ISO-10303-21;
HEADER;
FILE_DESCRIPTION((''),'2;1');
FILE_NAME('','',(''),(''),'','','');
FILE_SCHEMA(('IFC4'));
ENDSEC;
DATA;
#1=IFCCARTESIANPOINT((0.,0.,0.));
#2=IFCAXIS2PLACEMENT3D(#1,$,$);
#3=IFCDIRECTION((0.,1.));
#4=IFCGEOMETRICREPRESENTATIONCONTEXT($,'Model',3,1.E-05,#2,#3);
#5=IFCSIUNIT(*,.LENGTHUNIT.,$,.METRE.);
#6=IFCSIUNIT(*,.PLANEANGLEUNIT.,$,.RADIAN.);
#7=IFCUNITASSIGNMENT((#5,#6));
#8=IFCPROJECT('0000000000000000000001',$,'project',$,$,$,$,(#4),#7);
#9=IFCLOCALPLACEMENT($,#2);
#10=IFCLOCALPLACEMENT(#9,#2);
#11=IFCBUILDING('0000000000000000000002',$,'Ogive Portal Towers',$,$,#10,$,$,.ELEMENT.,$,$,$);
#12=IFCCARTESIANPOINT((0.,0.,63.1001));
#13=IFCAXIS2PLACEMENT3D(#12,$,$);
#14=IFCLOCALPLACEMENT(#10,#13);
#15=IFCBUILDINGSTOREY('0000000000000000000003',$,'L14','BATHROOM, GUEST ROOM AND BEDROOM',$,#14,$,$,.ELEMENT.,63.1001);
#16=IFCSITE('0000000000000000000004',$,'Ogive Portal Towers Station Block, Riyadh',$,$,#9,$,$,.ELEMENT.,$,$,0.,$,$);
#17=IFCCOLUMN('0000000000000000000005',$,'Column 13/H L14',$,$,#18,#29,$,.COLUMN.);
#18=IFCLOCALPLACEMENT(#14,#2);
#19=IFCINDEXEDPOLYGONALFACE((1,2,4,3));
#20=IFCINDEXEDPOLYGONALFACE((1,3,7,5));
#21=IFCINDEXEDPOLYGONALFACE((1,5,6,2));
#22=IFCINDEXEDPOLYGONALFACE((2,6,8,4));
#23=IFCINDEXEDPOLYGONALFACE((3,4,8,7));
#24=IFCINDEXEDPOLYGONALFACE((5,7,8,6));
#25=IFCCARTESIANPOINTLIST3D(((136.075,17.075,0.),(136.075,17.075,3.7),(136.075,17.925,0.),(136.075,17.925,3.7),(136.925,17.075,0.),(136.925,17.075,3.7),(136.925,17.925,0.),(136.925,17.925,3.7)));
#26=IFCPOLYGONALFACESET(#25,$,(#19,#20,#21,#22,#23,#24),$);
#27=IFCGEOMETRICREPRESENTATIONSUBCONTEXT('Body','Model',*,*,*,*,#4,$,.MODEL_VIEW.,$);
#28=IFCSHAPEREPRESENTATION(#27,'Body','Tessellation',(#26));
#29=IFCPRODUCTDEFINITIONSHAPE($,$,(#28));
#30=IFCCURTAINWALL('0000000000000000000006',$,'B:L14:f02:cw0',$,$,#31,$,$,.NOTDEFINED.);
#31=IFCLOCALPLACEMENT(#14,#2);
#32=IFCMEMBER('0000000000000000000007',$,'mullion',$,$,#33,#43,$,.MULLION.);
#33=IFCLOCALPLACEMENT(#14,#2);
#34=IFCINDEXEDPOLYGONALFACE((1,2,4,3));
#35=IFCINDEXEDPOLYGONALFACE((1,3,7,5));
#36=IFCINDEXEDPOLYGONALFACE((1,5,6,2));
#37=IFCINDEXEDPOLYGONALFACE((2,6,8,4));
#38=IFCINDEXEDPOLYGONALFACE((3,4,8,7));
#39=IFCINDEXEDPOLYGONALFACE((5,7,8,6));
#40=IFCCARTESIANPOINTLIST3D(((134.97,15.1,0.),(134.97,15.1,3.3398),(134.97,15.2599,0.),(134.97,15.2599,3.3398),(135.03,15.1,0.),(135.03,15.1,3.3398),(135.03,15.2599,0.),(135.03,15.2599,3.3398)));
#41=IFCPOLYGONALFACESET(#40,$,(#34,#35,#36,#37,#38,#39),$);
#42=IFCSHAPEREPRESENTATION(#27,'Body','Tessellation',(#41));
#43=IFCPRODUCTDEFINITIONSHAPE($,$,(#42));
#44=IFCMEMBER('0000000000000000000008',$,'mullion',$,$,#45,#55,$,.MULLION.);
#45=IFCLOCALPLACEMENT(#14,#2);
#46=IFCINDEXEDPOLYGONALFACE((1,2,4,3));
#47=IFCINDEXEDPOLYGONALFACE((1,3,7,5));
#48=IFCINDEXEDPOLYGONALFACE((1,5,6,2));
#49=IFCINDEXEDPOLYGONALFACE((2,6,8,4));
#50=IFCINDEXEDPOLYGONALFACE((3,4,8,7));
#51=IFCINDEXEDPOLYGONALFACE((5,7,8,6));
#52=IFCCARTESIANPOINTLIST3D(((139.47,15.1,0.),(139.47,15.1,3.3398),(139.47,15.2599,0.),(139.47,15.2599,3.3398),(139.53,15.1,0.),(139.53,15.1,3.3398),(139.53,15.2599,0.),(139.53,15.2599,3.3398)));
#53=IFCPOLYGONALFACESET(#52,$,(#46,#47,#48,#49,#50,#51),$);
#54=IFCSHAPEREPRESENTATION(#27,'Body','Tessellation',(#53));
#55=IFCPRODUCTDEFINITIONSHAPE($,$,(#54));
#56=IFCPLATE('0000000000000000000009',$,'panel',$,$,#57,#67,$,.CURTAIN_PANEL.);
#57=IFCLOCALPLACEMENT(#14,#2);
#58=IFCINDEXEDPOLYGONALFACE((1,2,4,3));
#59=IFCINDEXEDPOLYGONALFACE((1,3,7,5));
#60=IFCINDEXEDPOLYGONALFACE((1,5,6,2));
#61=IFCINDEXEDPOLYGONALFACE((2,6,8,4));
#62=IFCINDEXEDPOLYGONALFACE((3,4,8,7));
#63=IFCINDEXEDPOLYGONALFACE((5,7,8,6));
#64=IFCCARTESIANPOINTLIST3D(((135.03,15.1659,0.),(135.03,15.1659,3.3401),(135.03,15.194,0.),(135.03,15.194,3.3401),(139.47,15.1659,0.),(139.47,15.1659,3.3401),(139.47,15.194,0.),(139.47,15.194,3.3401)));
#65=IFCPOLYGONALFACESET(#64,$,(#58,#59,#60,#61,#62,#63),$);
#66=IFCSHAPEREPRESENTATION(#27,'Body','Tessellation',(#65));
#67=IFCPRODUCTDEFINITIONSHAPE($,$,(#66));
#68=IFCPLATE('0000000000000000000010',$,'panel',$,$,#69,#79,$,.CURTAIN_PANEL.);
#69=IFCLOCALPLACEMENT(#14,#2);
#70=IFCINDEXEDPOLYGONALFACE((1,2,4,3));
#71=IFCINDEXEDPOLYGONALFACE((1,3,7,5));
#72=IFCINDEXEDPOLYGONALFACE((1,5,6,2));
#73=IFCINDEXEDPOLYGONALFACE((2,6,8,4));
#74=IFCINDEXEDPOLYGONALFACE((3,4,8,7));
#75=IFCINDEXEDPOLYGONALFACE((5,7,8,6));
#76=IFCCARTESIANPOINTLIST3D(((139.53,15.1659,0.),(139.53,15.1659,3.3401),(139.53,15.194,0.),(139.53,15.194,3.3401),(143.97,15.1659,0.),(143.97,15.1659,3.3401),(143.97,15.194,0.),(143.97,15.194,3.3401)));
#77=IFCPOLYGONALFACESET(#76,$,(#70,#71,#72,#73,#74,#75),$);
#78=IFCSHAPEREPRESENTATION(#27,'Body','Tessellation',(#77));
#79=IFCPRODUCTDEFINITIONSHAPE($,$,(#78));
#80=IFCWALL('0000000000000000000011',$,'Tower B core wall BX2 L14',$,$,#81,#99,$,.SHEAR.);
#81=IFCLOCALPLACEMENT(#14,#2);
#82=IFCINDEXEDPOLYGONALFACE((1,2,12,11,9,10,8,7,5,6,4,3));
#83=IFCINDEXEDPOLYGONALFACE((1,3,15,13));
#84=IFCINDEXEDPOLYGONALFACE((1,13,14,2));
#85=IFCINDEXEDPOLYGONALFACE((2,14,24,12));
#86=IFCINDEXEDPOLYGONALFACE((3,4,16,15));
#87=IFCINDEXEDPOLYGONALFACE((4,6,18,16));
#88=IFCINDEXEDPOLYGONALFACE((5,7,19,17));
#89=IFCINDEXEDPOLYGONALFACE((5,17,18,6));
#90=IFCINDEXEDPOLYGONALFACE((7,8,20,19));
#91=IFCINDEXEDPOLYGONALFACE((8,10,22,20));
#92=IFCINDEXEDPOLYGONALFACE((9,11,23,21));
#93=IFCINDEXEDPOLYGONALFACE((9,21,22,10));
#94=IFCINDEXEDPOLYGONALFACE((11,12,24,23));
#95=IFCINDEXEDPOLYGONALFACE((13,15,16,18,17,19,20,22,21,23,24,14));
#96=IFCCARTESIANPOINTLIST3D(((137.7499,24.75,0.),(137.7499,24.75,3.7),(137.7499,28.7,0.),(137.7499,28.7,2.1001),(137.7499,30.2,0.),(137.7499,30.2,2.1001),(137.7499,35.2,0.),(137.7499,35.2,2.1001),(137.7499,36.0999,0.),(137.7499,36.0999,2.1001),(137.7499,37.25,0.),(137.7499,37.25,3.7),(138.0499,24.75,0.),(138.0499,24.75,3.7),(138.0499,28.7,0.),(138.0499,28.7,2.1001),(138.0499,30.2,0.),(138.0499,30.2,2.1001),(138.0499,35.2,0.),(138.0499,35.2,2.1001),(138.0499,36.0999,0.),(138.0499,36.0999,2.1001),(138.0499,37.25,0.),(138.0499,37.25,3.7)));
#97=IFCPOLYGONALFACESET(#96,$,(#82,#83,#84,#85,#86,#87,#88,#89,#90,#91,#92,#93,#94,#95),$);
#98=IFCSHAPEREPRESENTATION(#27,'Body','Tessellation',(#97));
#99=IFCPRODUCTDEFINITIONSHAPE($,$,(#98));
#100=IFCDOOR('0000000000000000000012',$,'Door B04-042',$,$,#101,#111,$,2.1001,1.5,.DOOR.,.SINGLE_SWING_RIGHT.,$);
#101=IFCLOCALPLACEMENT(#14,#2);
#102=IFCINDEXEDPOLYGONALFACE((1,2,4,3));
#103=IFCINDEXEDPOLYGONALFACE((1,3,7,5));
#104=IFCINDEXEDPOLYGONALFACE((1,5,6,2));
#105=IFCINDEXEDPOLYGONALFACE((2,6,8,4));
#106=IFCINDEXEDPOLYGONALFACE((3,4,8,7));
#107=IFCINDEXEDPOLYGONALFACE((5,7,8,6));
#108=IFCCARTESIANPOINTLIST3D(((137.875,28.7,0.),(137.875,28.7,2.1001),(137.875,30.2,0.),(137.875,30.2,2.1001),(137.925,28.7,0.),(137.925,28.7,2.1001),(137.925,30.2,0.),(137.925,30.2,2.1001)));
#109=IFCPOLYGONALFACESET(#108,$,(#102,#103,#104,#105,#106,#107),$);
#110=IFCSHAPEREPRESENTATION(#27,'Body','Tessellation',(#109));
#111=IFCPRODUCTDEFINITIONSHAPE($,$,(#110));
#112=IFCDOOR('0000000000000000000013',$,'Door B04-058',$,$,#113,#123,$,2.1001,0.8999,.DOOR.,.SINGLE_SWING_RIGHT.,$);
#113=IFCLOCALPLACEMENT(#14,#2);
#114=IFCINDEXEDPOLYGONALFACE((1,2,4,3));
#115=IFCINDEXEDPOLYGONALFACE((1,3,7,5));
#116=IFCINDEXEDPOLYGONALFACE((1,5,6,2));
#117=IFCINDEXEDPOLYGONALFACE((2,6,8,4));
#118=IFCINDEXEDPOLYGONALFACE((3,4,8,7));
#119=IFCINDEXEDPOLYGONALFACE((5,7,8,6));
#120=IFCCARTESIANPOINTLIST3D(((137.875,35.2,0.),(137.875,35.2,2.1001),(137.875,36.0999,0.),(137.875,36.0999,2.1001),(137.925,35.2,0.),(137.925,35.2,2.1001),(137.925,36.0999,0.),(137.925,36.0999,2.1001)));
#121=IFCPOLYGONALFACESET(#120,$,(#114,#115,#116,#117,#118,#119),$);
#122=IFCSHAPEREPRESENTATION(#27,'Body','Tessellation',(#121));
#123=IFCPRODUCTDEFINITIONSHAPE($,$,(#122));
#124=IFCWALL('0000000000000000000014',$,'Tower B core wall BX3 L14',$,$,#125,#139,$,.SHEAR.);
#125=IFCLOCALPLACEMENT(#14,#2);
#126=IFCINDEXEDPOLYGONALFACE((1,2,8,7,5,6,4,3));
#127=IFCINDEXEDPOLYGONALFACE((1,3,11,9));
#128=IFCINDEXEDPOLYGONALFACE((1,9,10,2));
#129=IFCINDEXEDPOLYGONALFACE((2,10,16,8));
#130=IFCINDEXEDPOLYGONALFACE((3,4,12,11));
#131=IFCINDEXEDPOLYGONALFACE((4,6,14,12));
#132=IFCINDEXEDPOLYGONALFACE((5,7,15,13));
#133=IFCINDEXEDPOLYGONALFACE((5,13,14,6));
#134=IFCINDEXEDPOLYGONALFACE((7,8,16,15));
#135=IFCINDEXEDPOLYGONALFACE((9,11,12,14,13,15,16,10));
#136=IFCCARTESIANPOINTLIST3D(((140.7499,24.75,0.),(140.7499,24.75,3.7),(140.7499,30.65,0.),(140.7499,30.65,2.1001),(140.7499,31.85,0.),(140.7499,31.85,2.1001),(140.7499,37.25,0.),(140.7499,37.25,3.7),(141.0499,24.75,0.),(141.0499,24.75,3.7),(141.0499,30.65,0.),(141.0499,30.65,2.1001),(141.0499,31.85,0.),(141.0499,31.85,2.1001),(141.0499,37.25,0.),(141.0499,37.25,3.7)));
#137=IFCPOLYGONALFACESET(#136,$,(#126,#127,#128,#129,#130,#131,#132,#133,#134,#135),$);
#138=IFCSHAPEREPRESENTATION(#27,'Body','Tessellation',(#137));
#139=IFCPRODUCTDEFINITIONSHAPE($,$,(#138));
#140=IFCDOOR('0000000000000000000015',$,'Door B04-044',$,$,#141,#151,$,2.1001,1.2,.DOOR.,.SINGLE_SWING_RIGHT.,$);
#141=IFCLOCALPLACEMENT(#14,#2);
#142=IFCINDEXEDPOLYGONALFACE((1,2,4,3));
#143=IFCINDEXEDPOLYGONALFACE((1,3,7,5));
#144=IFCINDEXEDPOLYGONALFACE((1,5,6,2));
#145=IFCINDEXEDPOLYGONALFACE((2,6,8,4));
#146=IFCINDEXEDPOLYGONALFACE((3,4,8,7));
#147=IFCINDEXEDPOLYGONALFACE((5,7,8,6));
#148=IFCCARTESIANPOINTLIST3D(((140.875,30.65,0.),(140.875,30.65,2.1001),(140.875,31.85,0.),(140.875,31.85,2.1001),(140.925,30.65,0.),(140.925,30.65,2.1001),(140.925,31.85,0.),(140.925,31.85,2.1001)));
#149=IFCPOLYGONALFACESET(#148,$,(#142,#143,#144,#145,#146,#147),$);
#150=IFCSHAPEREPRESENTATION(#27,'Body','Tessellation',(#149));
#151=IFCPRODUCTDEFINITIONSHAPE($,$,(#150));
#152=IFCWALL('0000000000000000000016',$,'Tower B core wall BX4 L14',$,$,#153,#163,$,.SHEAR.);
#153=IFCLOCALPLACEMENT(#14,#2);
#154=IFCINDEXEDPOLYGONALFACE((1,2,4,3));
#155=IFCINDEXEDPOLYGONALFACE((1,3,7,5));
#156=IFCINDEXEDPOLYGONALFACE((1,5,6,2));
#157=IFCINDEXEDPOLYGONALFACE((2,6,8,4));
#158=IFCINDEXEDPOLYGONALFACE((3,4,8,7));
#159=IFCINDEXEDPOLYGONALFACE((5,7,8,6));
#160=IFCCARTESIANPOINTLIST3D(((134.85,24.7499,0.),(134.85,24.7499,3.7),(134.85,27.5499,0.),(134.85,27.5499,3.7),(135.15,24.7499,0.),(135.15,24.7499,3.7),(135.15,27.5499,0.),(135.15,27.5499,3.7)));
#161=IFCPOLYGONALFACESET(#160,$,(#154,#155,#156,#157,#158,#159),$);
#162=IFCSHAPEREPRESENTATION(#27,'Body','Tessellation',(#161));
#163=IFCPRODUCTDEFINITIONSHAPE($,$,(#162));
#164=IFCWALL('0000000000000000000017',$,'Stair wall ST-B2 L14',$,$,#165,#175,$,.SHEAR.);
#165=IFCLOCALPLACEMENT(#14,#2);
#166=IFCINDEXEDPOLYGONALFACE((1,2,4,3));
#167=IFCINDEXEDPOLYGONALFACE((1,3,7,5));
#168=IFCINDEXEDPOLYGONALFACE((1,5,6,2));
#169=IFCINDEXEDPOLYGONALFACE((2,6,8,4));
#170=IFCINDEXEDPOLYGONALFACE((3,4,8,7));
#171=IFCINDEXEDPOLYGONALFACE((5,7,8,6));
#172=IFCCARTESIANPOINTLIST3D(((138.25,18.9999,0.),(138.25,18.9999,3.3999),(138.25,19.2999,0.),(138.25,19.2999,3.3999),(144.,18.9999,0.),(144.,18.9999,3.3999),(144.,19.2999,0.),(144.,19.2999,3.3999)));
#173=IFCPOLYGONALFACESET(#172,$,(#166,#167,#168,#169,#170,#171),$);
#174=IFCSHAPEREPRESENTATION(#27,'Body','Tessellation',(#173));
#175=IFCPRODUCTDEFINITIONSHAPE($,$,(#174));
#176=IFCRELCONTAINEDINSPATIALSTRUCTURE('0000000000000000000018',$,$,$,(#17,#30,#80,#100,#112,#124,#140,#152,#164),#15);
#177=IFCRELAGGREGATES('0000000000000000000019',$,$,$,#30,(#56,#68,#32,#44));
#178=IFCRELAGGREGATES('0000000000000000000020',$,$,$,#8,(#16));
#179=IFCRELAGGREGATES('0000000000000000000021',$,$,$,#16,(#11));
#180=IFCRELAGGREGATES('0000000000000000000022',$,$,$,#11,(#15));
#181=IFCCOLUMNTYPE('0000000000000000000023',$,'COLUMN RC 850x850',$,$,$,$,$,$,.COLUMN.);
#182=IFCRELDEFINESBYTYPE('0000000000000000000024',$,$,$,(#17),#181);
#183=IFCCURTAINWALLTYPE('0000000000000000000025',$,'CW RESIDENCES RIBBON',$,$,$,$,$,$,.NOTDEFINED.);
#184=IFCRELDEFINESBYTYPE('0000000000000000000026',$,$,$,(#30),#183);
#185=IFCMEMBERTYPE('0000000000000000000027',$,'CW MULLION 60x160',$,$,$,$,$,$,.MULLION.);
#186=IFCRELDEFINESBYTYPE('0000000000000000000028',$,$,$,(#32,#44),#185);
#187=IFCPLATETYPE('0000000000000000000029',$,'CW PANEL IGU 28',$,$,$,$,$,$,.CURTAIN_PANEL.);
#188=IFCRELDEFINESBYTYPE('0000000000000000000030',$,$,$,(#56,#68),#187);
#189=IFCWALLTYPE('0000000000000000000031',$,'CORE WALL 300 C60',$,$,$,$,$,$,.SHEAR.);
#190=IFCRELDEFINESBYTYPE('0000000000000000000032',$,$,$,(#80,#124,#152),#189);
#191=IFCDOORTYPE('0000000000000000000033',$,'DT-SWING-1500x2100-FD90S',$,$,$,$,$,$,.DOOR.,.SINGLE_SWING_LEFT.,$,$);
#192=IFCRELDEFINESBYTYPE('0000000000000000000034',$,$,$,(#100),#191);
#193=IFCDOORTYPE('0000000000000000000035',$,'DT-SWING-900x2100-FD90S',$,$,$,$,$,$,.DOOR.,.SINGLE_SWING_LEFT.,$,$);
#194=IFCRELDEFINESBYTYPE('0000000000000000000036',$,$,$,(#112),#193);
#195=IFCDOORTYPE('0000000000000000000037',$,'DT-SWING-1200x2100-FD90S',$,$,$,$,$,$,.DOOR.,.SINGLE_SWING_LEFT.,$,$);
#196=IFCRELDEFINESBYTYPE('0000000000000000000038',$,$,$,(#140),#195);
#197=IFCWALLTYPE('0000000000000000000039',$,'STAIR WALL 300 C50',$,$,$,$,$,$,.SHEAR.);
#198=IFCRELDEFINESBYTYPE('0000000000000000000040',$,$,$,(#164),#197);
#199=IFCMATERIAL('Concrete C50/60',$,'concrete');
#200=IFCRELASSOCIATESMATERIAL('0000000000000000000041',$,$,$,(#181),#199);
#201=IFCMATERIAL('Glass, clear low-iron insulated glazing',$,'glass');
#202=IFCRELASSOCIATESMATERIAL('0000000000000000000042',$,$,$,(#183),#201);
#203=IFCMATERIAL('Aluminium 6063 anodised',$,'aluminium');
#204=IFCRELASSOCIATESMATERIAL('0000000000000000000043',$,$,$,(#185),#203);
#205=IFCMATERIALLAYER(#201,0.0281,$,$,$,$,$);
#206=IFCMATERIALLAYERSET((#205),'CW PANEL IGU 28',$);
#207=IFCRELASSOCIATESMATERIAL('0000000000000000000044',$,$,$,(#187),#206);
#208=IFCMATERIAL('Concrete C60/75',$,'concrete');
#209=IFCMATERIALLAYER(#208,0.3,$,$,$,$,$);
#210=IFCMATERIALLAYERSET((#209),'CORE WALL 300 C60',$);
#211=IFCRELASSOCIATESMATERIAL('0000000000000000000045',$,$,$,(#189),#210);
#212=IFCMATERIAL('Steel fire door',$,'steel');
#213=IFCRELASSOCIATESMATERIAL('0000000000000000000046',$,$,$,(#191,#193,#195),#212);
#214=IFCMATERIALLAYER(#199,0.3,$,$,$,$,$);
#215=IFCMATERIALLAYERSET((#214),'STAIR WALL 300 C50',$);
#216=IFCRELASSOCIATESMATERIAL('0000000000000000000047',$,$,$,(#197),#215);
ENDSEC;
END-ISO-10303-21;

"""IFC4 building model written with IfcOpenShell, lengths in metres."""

from ifc_helpers import new_model, si_unit, direction, frame, frame_2d, origin, origin_2d, place, context, subcontext, project, spatial, rectangle, extrude, material, layer, layer_set, material_profile, profile_set, type_object, element, fill, aggregate, save


model = new_model("IFC4")

# Units and contexts
model_context = context("Model", 3, precision=1e-05, world=origin(), true_north=direction((0.0, 1.0)))
body_context = subcontext(model_context, "Body", "Model", "MODEL_VIEW")
ifc_project = project(units=[si_unit("LENGTHUNIT", "METRE"), si_unit("PLANEANGLEUNIT", "RADIAN")], contexts=[model_context])

# Site, building, storey
site_placement = place(None, origin())
site = spatial("IfcSite", under=ifc_project, at=site_placement, Name="Ogive Portal Towers Station Block, Riyadh", CompositionType="ELEMENT", RefElevation=0.0)
building_placement = place(site_placement, origin())
building = spatial("IfcBuilding", under=site, at=building_placement, Name="Ogive Portal Towers", CompositionType="ELEMENT")
storey_placement = place(building_placement, frame((0.0, 0.0, 63.1001)))
storey = spatial("IfcBuildingStorey", under=building, at=storey_placement, Name="L14", Description="BATHROOM, GUEST ROOM AND BEDROOM", CompositionType="ELEMENT", Elevation=63.1001)

# Column
ifc_material_1 = material(Name="Concrete C50/60", Category="concrete")
ifc_material_profile_1 = material_profile(ifc_material_1, rectangle(XDim=0.8501, YDim=0.8501, at=origin_2d()), Name="RC 850x850")
ifc_profile_set_1 = profile_set([ifc_material_profile_1], Name="Concrete C50/60")
column_type = type_object("IfcColumnType", Name="COLUMN RC 850x850", PredefinedType="COLUMN", material=ifc_profile_set_1)
column_placement = place(storey_placement, frame((136.5, 17.5, 0.0), z_axis=(0.0, 0.0, 1.0), x_axis=(1.0, 0.0, 0.0)))
element("IfcColumn", 1, at=column_placement, inside=storey, type_object=column_type, Name="Column 13/H L14", PredefinedType="COLUMN", context=body_context, shape_type="SweptSolid", body=[
    extrude(rectangle(XDim=0.8501, YDim=0.8501, at=origin_2d()), origin(), (0.0, 0.0, 1.0), 3.7),
])

# Curtain wall, members, plates
ifc_material_2 = material(Name="Glass, clear low-iron insulated glazing", Category="glass")
curtain_wall_type = type_object("IfcCurtainWallType", Name="CW RESIDENCES RIBBON", PredefinedType="NOTDEFINED", material=ifc_material_2)
curtain_wall_placement = place(storey_placement, origin())
curtain_wall = element("IfcCurtainWall", 2, at=curtain_wall_placement, inside=storey, type_object=curtain_wall_type, Name="B:L14:f02:cw0", PredefinedType="NOTDEFINED")
ifc_material_3 = material(Name="Aluminium 6063 anodised", Category="aluminium")
ifc_material_profile_2 = material_profile(ifc_material_3, rectangle(XDim=0.1599, YDim=0.0601, at=origin_2d()), Name="AL 60x160")
ifc_profile_set_2 = profile_set([ifc_material_profile_2], Name="Aluminium 6063 anodised")
member_type = type_object("IfcMemberType", Name="CW MULLION 60x160", PredefinedType="MULLION", material=ifc_profile_set_2)
member_1_placement = place(storey_placement, frame((135.0, 15.1799, 0.0), z_axis=(0.0, 0.0, 1.0), x_axis=(0.0, 1.0, 0.0)))
member_1 = element("IfcMember", 3, at=member_1_placement, type_object=member_type, Name="mullion", PredefinedType="MULLION", context=body_context, shape_type="SweptSolid", body=[
    extrude(rectangle(XDim=0.1599, YDim=0.0601, at=origin_2d()), origin(), (0.0, 0.0, 1.0), 3.3398),
])
member_2_placement = place(storey_placement, frame((139.5, 15.1799, 0.0), z_axis=(0.0, 0.0, 1.0), x_axis=(0.0, 1.0, 0.0)))
member_2 = element("IfcMember", 4, at=member_2_placement, type_object=member_type, Name="mullion", PredefinedType="MULLION", context=body_context, shape_type="SweptSolid", body=[
    extrude(rectangle(XDim=0.1599, YDim=0.0601, at=origin_2d()), origin(), (0.0, 0.0, 1.0), 3.3398),
])
ifc_layer_1 = layer(ifc_material_2, 0.0281)
ifc_layer_set_1 = layer_set([ifc_layer_1], Name="CW PANEL IGU 28")
plate_type = type_object("IfcPlateType", Name="CW PANEL IGU 28", PredefinedType="CURTAIN_PANEL", material=ifc_layer_set_1)
plate_1_placement = place(storey_placement, frame((137.25, 15.1799, 0.0), z_axis=(0.0, 0.0, 1.0), x_axis=(1.0, 0.0, 0.0)))
plate_1 = element("IfcPlate", 5, at=plate_1_placement, type_object=plate_type, Name="panel", PredefinedType="CURTAIN_PANEL", context=body_context, shape_type="SweptSolid", body=[
    extrude(rectangle(XDim=4.4399, YDim=0.0281, at=origin_2d()), origin(), (0.0, 0.0, 1.0), 3.3401),
])
plate_2_placement = place(storey_placement, frame((141.75, 15.1799, 0.0), z_axis=(0.0, 0.0, 1.0), x_axis=(1.0, 0.0, 0.0)))
plate_2 = element("IfcPlate", 6, at=plate_2_placement, type_object=plate_type, Name="panel", PredefinedType="CURTAIN_PANEL", context=body_context, shape_type="SweptSolid", body=[
    extrude(rectangle(XDim=4.4399, YDim=0.0281, at=origin_2d()), origin(), (0.0, 0.0, 1.0), 3.3401),
])
aggregate(curtain_wall, [plate_1, plate_2, member_1, member_2])

# Wall, openings, doors
ifc_material_4 = material(Name="Concrete C60/75", Category="concrete")
ifc_layer_2 = layer(ifc_material_4, 0.3)
ifc_layer_set_2 = layer_set([ifc_layer_2], Name="CORE WALL 300 C60")
wall_type_1 = type_object("IfcWallType", Name="CORE WALL 300 C60", PredefinedType="SHEAR", material=ifc_layer_set_2)
wall_1_placement = place(storey_placement, frame((137.8999, 24.75, 0.0), z_axis=(0.0, 0.0, 1.0), x_axis=(0.0, 1.0, 0.0)))
wall_1 = element("IfcWall", 7, at=wall_1_placement, inside=storey, type_object=wall_type_1, Name="Tower B core wall BX2 L14", PredefinedType="SHEAR", context=body_context, shape_type="SweptSolid", body=[
    extrude(rectangle(XDim=12.5, YDim=0.3, at=frame_2d((6.25, 0.0))), origin(), (0.0, 0.0, 1.0), 3.7),
])
opening_1_placement = place(wall_1_placement, frame((3.95, 0.0, 0.0)))
opening_1 = element("IfcOpeningElement", 8, at=opening_1_placement, cuts=wall_1, PredefinedType="OPENING", context=body_context, shape_type="SweptSolid", body=[
    extrude(rectangle(XDim=1.5, YDim=2.1001, at=frame_2d((0.75, 1.05))), frame((0.0, 0.1602, 0.0), z_axis=(0.0, -1.0, 0.0), x_axis=(1.0, 0.0, 0.0)), (0.0, 0.0, 1.0), 0.3201),
])
opening_2_placement = place(wall_1_placement, frame((10.45, 0.0, 0.0)))
opening_2 = element("IfcOpeningElement", 9, at=opening_2_placement, cuts=wall_1, PredefinedType="OPENING", context=body_context, shape_type="SweptSolid", body=[
    extrude(rectangle(XDim=0.8999, YDim=2.1001, at=frame_2d((0.45, 1.05))), frame((0.0, 0.1602, 0.0), z_axis=(0.0, -1.0, 0.0), x_axis=(1.0, 0.0, 0.0)), (0.0, 0.0, 1.0), 0.3201),
])
ifc_material_5 = material(Name="Steel fire door", Category="steel")
door_type_1 = type_object("IfcDoorType", Name="DT-SWING-1500x2100-FD90S", OperationType="SINGLE_SWING_LEFT", PredefinedType="DOOR", material=ifc_material_5)
door_1_placement = place(opening_1_placement, origin())
door_1 = element("IfcDoor", 10, at=door_1_placement, inside=storey, type_object=door_type_1, Name="Door B04-042", OperationType="SINGLE_SWING_RIGHT", OverallHeight=2.1001, OverallWidth=1.5, PredefinedType="DOOR", context=body_context, shape_type="SweptSolid", body=[
    extrude(rectangle(XDim=1.5, YDim=2.1001, at=frame_2d((0.75, 1.05))), frame((0.0, 0.0249, 0.0), z_axis=(0.0, -1.0, 0.0), x_axis=(1.0, 0.0, 0.0)), (0.0, 0.0, 1.0), 0.05),
])
fill(opening_1, door_1)
door_type_2 = type_object("IfcDoorType", Name="DT-SWING-900x2100-FD90S", OperationType="SINGLE_SWING_LEFT", PredefinedType="DOOR", material=ifc_material_5)
door_2_placement = place(opening_2_placement, origin())
door_2 = element("IfcDoor", 11, at=door_2_placement, inside=storey, type_object=door_type_2, Name="Door B04-058", OperationType="SINGLE_SWING_RIGHT", OverallHeight=2.1001, OverallWidth=0.8999, PredefinedType="DOOR", context=body_context, shape_type="SweptSolid", body=[
    extrude(rectangle(XDim=0.8999, YDim=2.1001, at=frame_2d((0.45, 1.05))), frame((0.0, 0.0249, 0.0), z_axis=(0.0, -1.0, 0.0), x_axis=(1.0, 0.0, 0.0)), (0.0, 0.0, 1.0), 0.05),
])
fill(opening_2, door_2)

# Wall, opening, door
wall_2_placement = place(storey_placement, frame((140.8999, 24.75, 0.0), z_axis=(0.0, 0.0, 1.0), x_axis=(0.0, 1.0, 0.0)))
wall_2 = element("IfcWall", 12, at=wall_2_placement, inside=storey, type_object=wall_type_1, Name="Tower B core wall BX3 L14", PredefinedType="SHEAR", context=body_context, shape_type="SweptSolid", body=[
    extrude(rectangle(XDim=12.5, YDim=0.3, at=frame_2d((6.25, 0.0))), origin(), (0.0, 0.0, 1.0), 3.7),
])
opening_3_placement = place(wall_2_placement, frame((5.8999, 0.0, 0.0)))
opening_3 = element("IfcOpeningElement", 13, at=opening_3_placement, cuts=wall_2, PredefinedType="OPENING", context=body_context, shape_type="SweptSolid", body=[
    extrude(rectangle(XDim=1.2, YDim=2.1001, at=frame_2d((0.6001, 1.05))), frame((0.0, 0.1602, 0.0), z_axis=(0.0, -1.0, 0.0), x_axis=(1.0, 0.0, 0.0)), (0.0, 0.0, 1.0), 0.3201),
])
door_type_3 = type_object("IfcDoorType", Name="DT-SWING-1200x2100-FD90S", OperationType="SINGLE_SWING_LEFT", PredefinedType="DOOR", material=ifc_material_5)
door_3_placement = place(opening_3_placement, origin())
door_3 = element("IfcDoor", 14, at=door_3_placement, inside=storey, type_object=door_type_3, Name="Door B04-044", OperationType="SINGLE_SWING_RIGHT", OverallHeight=2.1001, OverallWidth=1.2, PredefinedType="DOOR", context=body_context, shape_type="SweptSolid", body=[
    extrude(rectangle(XDim=1.2, YDim=2.1001, at=frame_2d((0.6001, 1.05))), frame((0.0, 0.0249, 0.0), z_axis=(0.0, -1.0, 0.0), x_axis=(1.0, 0.0, 0.0)), (0.0, 0.0, 1.0), 0.05),
])
fill(opening_3, door_3)

# Walls
wall_3_placement = place(storey_placement, frame((135.0, 24.75, 0.0), z_axis=(0.0, 0.0, 1.0), x_axis=(0.0, 1.0, 0.0)))
element("IfcWall", 15, at=wall_3_placement, inside=storey, type_object=wall_type_1, Name="Tower B core wall BX4 L14", PredefinedType="SHEAR", context=body_context, shape_type="SweptSolid", body=[
    extrude(rectangle(XDim=2.8, YDim=0.3, at=frame_2d((1.3999, 0.0))), origin(), (0.0, 0.0, 1.0), 3.7),
])
ifc_layer_3 = layer(ifc_material_1, 0.3)
ifc_layer_set_3 = layer_set([ifc_layer_3], Name="STAIR WALL 300 C50")
wall_type_2 = type_object("IfcWallType", Name="STAIR WALL 300 C50", PredefinedType="SHEAR", material=ifc_layer_set_3)
wall_4_placement = place(storey_placement, frame((138.25, 19.1499, 0.0), z_axis=(0.0, 0.0, 1.0), x_axis=(1.0, 0.0, 0.0)))
element("IfcWall", 16, at=wall_4_placement, inside=storey, type_object=wall_type_2, Name="Stair wall ST-B2 L14", PredefinedType="SHEAR", context=body_context, shape_type="SweptSolid", body=[
    extrude(rectangle(XDim=5.75, YDim=0.3, at=frame_2d((2.875, 0.0))), origin(), (0.0, 0.0, 1.0), 3.3999),
])

save(model, "model.ifc")
